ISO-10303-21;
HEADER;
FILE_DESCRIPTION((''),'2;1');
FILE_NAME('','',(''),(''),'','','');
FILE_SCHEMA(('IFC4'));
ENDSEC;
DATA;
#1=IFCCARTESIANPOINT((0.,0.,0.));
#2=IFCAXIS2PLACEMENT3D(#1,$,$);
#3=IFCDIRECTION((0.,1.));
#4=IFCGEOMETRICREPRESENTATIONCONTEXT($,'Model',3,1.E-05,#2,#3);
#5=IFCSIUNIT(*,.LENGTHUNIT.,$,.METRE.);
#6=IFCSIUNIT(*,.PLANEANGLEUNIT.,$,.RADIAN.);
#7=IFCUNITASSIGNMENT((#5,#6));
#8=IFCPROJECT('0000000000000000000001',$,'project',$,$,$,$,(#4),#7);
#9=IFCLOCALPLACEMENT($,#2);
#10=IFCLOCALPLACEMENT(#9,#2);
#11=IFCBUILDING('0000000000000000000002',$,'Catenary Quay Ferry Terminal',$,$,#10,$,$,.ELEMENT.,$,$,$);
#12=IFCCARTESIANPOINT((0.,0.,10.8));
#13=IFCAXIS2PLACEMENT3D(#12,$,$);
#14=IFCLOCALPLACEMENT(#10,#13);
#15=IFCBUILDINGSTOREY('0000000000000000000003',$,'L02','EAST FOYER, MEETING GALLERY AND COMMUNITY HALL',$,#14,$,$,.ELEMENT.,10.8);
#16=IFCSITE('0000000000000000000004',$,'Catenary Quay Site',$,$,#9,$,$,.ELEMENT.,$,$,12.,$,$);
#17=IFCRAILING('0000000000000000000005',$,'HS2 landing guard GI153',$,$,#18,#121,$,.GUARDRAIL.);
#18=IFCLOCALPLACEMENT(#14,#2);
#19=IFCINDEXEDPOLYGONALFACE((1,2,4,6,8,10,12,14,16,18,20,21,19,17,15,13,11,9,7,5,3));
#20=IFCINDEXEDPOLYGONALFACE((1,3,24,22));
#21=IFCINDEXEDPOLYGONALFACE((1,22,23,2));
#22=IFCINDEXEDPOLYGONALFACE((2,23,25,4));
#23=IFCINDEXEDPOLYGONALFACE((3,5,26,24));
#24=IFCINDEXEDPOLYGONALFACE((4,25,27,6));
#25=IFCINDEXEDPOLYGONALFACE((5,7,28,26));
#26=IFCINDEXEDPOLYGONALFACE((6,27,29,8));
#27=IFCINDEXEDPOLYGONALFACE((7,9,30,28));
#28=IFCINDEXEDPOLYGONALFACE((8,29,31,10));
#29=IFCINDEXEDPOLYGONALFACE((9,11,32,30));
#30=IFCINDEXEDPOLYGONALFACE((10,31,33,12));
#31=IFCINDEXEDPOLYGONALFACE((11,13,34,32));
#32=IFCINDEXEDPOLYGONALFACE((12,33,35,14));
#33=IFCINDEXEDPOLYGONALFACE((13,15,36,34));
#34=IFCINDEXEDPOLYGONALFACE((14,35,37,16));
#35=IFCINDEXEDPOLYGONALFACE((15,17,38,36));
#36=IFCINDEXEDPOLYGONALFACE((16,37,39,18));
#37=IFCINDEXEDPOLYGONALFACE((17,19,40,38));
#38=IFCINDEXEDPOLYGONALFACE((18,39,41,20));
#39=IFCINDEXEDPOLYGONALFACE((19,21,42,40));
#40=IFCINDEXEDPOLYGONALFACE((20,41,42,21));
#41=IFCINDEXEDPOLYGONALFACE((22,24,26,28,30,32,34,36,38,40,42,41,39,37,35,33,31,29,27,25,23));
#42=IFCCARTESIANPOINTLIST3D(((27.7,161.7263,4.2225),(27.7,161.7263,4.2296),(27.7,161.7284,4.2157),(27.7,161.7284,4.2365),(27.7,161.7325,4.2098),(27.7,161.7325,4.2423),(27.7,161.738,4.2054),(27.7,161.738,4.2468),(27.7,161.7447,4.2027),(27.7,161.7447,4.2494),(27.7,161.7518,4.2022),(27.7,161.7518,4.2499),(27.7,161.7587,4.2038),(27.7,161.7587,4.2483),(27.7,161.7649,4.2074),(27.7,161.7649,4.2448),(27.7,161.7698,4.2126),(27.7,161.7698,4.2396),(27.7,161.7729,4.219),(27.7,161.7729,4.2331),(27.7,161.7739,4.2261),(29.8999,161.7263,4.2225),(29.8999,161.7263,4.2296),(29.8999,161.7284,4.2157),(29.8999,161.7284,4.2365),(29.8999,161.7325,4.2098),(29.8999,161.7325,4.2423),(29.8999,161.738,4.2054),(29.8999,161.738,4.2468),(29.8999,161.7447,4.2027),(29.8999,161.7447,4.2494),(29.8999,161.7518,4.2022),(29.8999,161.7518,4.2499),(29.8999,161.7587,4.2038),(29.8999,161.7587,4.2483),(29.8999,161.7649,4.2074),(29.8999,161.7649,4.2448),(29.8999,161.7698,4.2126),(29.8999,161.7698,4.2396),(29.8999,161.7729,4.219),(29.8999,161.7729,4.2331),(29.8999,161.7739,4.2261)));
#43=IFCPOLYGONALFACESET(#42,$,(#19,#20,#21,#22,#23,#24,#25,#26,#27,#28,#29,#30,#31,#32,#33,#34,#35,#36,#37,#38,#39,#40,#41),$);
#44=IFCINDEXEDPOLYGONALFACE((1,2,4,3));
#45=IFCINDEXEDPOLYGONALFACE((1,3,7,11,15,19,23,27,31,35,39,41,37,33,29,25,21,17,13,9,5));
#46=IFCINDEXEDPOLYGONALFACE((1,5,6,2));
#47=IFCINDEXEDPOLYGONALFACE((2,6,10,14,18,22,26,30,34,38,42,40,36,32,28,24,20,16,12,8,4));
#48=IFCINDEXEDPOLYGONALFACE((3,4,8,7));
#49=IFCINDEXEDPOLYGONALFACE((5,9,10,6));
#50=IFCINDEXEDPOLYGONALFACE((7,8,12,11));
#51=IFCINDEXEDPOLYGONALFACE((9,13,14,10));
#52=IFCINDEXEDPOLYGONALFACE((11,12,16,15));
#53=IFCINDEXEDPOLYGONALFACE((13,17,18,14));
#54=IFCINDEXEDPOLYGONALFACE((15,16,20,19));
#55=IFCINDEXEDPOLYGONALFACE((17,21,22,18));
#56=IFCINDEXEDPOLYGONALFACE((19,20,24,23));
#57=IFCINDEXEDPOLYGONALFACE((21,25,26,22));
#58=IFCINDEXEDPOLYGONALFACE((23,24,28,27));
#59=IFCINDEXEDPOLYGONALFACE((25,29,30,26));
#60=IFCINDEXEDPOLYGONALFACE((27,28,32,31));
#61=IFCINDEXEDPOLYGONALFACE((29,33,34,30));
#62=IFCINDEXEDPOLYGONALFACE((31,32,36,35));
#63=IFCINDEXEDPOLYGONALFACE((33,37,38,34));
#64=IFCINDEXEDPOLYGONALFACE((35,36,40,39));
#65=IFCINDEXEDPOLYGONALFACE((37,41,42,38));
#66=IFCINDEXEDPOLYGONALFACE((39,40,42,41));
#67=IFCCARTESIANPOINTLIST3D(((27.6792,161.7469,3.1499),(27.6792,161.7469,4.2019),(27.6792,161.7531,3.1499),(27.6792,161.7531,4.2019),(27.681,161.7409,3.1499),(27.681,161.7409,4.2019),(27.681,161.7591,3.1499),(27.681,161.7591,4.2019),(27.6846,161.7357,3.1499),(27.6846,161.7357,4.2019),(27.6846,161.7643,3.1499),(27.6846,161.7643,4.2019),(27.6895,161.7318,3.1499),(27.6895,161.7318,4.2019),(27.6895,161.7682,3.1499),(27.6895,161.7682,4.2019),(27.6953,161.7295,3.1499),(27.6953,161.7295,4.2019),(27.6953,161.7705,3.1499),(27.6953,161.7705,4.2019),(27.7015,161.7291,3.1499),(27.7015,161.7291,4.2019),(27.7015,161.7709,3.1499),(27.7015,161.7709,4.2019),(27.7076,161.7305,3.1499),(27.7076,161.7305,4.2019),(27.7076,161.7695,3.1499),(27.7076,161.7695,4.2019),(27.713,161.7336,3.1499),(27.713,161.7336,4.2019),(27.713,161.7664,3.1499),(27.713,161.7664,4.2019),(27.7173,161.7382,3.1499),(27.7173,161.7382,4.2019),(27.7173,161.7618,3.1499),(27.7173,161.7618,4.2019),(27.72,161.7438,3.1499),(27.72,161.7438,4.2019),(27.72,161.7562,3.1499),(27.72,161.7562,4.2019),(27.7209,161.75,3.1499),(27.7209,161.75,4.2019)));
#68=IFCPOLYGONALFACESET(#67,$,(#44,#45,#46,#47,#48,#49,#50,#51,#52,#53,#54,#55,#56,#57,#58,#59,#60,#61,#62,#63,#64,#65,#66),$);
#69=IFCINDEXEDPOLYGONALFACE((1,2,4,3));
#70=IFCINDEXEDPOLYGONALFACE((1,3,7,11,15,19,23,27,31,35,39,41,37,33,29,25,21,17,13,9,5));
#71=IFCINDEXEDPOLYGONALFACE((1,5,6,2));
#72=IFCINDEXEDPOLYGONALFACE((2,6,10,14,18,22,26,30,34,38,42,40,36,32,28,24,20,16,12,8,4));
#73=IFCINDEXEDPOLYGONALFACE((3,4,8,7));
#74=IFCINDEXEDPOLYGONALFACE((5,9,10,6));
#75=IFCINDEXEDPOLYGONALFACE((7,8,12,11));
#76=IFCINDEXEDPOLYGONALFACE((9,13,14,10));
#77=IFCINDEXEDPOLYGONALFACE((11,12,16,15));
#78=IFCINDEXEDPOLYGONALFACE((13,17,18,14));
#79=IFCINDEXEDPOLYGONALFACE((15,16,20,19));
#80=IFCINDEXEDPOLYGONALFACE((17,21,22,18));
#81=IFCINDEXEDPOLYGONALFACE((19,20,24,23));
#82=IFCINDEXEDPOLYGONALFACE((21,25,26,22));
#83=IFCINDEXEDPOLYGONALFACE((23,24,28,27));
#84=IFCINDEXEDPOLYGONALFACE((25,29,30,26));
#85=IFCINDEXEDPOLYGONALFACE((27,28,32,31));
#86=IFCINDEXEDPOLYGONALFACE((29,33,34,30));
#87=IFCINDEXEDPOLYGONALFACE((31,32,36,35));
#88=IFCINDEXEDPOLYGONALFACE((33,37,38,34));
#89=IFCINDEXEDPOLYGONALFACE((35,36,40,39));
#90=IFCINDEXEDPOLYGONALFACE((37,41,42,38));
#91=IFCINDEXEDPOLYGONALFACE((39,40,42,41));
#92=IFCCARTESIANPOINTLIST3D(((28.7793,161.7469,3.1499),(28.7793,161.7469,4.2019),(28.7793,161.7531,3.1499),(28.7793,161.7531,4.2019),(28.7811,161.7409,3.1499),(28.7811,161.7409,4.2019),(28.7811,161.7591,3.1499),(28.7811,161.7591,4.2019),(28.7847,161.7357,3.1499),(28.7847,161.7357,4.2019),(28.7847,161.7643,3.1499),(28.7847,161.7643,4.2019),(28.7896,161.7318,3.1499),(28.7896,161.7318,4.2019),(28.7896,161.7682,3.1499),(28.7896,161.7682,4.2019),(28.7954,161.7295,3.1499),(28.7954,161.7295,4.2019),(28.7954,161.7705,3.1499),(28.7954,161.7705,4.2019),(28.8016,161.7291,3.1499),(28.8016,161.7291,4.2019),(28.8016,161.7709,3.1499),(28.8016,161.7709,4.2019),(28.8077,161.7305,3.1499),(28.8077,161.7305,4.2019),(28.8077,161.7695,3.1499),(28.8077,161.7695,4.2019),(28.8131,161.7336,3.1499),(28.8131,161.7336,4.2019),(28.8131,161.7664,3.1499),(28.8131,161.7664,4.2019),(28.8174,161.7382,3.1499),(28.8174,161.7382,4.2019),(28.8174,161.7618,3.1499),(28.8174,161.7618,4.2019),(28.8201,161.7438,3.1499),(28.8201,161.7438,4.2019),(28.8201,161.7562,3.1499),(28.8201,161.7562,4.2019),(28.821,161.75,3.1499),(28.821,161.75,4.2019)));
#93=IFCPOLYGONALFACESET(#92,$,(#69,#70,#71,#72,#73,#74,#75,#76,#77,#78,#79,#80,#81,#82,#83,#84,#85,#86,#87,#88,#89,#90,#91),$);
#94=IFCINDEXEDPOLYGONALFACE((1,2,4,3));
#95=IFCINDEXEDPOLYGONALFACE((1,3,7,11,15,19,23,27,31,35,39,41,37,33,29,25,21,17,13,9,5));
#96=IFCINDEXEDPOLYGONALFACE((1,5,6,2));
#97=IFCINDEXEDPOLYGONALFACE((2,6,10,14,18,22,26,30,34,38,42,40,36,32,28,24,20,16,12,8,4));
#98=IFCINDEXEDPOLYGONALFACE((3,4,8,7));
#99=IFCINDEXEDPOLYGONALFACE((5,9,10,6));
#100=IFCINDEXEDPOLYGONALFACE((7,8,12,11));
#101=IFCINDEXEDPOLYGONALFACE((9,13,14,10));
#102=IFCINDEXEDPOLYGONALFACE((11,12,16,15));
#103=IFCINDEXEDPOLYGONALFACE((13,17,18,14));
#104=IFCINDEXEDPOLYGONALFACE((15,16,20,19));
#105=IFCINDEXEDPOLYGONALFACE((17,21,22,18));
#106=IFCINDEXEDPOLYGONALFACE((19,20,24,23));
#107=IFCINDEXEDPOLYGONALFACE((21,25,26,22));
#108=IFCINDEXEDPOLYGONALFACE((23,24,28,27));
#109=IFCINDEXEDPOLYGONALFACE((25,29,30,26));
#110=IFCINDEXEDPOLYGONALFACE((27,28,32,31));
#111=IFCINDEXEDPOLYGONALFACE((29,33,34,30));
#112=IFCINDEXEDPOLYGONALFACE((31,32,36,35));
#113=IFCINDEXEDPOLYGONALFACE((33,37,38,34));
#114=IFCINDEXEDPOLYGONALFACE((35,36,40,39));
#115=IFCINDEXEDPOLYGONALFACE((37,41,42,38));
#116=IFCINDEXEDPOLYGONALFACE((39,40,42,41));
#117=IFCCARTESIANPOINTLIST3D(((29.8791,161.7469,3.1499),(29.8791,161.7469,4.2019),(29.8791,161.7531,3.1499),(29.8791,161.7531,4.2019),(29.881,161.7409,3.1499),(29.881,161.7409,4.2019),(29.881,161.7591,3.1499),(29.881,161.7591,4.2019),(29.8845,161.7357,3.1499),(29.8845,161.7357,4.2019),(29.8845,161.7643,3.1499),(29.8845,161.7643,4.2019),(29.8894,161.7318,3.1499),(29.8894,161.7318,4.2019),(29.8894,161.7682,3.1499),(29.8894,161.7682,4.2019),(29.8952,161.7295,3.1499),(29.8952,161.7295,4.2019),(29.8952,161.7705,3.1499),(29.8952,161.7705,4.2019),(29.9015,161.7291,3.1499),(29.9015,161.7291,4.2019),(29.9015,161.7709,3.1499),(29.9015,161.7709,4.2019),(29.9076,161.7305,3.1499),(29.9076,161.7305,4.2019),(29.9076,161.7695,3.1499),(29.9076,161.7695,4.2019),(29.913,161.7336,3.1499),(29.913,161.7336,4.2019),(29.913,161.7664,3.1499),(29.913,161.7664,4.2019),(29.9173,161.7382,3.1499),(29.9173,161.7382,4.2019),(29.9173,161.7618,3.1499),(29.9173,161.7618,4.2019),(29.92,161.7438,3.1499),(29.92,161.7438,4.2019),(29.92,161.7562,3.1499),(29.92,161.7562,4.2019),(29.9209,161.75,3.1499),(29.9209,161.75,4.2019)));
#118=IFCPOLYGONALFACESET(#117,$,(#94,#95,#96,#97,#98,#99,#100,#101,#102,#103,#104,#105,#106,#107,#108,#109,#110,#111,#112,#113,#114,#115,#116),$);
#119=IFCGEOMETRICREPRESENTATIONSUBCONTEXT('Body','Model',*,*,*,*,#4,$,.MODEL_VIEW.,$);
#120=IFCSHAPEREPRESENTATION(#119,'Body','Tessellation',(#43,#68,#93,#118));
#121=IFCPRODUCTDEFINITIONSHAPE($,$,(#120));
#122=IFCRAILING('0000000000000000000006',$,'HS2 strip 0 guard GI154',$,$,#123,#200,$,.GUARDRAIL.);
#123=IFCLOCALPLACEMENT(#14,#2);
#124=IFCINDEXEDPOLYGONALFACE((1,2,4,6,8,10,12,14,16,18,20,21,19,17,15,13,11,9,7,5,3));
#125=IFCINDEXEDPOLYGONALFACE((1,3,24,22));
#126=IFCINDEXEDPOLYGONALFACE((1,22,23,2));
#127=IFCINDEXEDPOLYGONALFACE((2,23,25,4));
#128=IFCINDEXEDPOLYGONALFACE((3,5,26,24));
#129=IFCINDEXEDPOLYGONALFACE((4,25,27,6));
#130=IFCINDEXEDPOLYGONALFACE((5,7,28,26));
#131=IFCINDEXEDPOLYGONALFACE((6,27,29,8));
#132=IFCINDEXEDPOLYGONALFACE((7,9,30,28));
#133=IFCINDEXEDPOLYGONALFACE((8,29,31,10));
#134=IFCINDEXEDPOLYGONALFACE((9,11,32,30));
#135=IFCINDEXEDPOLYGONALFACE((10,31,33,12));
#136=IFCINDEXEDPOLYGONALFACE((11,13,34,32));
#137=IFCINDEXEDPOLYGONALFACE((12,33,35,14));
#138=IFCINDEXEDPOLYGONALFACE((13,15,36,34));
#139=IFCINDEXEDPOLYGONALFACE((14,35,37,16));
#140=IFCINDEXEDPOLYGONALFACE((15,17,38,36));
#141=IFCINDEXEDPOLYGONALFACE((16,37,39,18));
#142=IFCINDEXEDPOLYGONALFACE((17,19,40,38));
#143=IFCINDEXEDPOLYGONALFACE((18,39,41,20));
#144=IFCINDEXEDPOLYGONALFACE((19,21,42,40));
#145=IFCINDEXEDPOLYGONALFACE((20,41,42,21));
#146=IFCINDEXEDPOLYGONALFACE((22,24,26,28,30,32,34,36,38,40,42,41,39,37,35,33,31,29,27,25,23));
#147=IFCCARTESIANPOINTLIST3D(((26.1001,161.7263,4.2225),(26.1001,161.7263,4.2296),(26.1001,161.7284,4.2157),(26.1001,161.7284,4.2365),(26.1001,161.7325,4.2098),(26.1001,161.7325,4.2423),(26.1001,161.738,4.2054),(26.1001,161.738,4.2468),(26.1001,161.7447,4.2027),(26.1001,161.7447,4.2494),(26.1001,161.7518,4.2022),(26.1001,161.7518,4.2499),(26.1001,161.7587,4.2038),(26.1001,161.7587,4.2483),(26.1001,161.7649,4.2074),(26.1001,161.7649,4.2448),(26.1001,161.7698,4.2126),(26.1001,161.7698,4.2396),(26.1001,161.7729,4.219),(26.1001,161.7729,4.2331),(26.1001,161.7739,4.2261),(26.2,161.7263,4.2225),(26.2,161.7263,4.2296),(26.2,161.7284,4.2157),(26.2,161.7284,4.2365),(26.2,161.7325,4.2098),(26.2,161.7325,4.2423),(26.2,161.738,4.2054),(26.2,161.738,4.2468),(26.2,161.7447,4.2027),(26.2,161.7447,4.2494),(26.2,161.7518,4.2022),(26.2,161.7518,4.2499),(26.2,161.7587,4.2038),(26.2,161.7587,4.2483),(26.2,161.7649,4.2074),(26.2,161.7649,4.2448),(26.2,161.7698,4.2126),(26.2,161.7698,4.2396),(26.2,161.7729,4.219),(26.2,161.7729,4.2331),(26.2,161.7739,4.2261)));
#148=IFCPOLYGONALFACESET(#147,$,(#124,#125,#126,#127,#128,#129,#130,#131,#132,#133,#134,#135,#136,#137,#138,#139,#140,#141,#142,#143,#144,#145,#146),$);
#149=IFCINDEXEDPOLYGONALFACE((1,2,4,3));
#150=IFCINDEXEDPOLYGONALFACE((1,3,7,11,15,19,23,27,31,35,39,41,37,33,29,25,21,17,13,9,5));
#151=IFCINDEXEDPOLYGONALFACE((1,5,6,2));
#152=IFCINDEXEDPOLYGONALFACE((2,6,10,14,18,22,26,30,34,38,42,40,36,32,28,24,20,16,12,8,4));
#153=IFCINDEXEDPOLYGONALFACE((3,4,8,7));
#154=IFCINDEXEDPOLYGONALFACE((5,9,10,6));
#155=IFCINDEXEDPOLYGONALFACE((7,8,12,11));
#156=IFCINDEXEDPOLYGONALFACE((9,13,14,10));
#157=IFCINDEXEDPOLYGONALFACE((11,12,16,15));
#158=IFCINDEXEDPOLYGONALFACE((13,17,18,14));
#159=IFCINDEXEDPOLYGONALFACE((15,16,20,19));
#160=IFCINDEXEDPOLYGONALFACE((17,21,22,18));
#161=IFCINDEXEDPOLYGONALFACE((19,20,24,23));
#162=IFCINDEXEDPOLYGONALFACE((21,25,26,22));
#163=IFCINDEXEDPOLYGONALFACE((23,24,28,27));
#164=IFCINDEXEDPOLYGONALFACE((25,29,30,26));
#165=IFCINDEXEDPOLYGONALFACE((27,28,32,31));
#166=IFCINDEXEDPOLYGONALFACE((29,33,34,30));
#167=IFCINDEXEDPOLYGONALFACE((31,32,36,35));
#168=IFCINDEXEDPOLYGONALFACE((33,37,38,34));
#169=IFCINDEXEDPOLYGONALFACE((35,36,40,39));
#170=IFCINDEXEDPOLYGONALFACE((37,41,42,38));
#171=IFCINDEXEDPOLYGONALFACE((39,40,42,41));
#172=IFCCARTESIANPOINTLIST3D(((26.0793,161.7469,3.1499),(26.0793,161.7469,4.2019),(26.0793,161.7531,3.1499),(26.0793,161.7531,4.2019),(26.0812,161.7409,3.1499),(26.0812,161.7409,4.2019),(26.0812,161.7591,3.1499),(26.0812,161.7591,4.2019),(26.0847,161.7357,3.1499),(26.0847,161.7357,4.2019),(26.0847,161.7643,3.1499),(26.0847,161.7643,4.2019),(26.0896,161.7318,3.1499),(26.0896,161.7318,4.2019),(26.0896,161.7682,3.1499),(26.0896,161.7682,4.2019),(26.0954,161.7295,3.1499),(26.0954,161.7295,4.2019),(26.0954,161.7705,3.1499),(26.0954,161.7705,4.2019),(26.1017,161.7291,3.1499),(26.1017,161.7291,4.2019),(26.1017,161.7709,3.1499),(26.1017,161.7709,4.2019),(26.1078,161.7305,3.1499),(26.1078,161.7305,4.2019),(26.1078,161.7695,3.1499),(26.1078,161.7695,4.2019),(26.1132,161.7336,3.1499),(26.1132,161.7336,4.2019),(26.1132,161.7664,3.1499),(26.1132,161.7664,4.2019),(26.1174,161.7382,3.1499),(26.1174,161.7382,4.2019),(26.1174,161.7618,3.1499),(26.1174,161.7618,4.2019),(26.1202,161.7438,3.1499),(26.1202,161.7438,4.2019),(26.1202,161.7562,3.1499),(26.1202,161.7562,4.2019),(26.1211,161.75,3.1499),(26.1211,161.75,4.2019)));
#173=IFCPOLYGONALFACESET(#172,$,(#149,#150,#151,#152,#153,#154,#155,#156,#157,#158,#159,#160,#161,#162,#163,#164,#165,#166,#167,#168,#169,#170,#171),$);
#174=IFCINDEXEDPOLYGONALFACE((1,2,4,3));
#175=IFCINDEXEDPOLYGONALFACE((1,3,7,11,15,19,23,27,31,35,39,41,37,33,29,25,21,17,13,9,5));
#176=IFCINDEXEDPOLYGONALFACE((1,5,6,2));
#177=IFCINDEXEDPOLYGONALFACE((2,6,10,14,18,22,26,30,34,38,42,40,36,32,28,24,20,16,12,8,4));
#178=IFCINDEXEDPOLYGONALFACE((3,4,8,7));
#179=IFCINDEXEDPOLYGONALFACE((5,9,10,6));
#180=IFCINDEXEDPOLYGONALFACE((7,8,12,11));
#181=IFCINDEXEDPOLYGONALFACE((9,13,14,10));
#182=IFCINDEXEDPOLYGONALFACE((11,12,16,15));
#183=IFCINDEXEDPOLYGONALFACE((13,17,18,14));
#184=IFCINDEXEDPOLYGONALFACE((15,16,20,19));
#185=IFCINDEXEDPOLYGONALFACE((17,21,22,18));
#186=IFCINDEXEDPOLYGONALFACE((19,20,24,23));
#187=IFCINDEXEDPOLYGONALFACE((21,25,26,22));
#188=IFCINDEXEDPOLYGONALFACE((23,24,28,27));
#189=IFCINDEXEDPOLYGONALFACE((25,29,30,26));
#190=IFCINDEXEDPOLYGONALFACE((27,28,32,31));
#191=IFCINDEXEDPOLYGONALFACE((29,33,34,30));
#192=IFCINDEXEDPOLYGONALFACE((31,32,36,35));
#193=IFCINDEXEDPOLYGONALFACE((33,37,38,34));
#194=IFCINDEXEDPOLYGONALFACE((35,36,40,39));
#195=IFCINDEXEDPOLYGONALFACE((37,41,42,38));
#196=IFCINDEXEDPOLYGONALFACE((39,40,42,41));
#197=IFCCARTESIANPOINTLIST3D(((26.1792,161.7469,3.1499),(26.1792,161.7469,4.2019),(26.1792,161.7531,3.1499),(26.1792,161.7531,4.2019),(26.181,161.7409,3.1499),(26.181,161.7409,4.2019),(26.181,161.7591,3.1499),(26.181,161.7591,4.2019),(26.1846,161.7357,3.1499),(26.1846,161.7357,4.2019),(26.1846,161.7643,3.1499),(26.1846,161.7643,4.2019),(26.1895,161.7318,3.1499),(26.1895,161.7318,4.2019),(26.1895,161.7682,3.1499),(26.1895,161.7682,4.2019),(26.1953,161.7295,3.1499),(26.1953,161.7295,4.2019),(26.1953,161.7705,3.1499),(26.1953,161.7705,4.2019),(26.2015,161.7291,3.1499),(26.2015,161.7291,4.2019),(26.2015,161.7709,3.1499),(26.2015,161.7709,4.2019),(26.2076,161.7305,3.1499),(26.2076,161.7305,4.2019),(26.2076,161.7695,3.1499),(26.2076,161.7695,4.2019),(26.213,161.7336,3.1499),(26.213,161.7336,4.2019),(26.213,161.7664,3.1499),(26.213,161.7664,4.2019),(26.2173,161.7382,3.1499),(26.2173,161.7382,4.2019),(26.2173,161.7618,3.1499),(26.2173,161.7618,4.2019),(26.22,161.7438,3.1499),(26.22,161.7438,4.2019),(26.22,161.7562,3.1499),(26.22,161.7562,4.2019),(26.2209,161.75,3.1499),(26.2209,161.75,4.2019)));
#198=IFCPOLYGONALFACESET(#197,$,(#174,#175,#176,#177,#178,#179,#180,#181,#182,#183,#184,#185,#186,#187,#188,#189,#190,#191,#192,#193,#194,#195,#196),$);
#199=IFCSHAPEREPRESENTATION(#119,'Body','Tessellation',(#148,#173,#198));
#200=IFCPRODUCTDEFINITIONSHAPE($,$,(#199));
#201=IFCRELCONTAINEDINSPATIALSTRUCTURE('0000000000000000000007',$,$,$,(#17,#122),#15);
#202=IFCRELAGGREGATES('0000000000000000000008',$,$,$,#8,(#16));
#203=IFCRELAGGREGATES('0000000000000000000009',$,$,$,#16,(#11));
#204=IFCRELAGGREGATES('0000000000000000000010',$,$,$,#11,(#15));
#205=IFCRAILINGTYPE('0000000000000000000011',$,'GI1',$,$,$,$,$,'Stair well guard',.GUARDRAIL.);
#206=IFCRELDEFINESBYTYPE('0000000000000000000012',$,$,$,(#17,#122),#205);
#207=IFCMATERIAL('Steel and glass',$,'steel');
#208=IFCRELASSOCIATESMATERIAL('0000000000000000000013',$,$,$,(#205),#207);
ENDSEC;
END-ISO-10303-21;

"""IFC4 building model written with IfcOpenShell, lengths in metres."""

from ifc_helpers import new_model, si_unit, direction, frame, origin, origin_2d, place, context, subcontext, project, spatial, circle, extrude, material, type_object, element, save


model = new_model("IFC4")

# Units and contexts
model_context = context("Model", 3, precision=1e-05, world=origin(), true_north=direction((0.0, 1.0)))
body_context = subcontext(model_context, "Body", "Model", "MODEL_VIEW")
ifc_project = project(units=[si_unit("LENGTHUNIT", "METRE"), si_unit("PLANEANGLEUNIT", "RADIAN")], contexts=[model_context])

# Site, building, storey
site_placement = place(None, origin())
site = spatial("IfcSite", under=ifc_project, at=site_placement, Name="Catenary Quay Site", CompositionType="ELEMENT", RefElevation=12.0)
building_placement = place(site_placement, origin())
building = spatial("IfcBuilding", under=site, at=building_placement, Name="Catenary Quay Ferry Terminal", CompositionType="ELEMENT")
storey_placement = place(building_placement, frame((0.0, 0.0, 10.8)))
storey = spatial("IfcBuildingStorey", under=building, at=storey_placement, Name="L02", Description="EAST FOYER, MEETING GALLERY AND COMMUNITY HALL", CompositionType="ELEMENT", Elevation=10.8)

# Railings
ifc_material_1 = material(Name="Steel and glass", Category="steel")
railing_type_1 = type_object("IfcRailingType", Name="GI1", ElementType="Stair well guard", PredefinedType="GUARDRAIL", material=ifc_material_1)
railing_1_placement = place(storey_placement, frame((27.7, 161.75, 3.1499)))
element("IfcRailing", 1, at=railing_1_placement, inside=storey, type_object=railing_type_1, Name="HS2 landing guard GI153", PredefinedType="GUARDRAIL", context=body_context, shape_type="SweptSolid", body=[
    extrude(circle(Radius=0.0239, at=origin_2d()), frame((0.0, 0.0, 1.0762), z_axis=(1.0, 0.0, 0.0), x_axis=(0.0, 1.0, 0.0)), (0.0, 0.0, 1.0), 2.2),
    extrude(circle(Radius=0.021, at=origin_2d()), origin(), (0.0, 0.0, 1.0), 1.052),
    extrude(circle(Radius=0.021, at=origin_2d()), frame((1.1001, 0.0, 0.0)), (0.0, 0.0, 1.0), 1.052),
    extrude(circle(Radius=0.021, at=origin_2d()), frame((2.2, 0.0, 0.0)), (0.0, 0.0, 1.0), 1.052),
])
railing_2_placement = place(storey_placement, frame((26.1001, 161.75, 3.1499)))
element("IfcRailing", 2, at=railing_2_placement, inside=storey, type_object=railing_type_1, Name="HS2 strip 0 guard GI154", PredefinedType="GUARDRAIL", context=body_context, shape_type="SweptSolid", body=[
    extrude(circle(Radius=0.0239, at=origin_2d()), frame((0.0, 0.0, 1.0762), z_axis=(1.0, 0.0, 0.0), x_axis=(0.0, 1.0, 0.0)), (0.0, 0.0, 1.0), 0.0999),
    extrude(circle(Radius=0.021, at=origin_2d()), origin(), (0.0, 0.0, 1.0), 1.052),
    extrude(circle(Radius=0.021, at=origin_2d()), frame((0.0999, 0.0, 0.0)), (0.0, 0.0, 1.0), 1.052),
])

save(model, "model.ifc")
